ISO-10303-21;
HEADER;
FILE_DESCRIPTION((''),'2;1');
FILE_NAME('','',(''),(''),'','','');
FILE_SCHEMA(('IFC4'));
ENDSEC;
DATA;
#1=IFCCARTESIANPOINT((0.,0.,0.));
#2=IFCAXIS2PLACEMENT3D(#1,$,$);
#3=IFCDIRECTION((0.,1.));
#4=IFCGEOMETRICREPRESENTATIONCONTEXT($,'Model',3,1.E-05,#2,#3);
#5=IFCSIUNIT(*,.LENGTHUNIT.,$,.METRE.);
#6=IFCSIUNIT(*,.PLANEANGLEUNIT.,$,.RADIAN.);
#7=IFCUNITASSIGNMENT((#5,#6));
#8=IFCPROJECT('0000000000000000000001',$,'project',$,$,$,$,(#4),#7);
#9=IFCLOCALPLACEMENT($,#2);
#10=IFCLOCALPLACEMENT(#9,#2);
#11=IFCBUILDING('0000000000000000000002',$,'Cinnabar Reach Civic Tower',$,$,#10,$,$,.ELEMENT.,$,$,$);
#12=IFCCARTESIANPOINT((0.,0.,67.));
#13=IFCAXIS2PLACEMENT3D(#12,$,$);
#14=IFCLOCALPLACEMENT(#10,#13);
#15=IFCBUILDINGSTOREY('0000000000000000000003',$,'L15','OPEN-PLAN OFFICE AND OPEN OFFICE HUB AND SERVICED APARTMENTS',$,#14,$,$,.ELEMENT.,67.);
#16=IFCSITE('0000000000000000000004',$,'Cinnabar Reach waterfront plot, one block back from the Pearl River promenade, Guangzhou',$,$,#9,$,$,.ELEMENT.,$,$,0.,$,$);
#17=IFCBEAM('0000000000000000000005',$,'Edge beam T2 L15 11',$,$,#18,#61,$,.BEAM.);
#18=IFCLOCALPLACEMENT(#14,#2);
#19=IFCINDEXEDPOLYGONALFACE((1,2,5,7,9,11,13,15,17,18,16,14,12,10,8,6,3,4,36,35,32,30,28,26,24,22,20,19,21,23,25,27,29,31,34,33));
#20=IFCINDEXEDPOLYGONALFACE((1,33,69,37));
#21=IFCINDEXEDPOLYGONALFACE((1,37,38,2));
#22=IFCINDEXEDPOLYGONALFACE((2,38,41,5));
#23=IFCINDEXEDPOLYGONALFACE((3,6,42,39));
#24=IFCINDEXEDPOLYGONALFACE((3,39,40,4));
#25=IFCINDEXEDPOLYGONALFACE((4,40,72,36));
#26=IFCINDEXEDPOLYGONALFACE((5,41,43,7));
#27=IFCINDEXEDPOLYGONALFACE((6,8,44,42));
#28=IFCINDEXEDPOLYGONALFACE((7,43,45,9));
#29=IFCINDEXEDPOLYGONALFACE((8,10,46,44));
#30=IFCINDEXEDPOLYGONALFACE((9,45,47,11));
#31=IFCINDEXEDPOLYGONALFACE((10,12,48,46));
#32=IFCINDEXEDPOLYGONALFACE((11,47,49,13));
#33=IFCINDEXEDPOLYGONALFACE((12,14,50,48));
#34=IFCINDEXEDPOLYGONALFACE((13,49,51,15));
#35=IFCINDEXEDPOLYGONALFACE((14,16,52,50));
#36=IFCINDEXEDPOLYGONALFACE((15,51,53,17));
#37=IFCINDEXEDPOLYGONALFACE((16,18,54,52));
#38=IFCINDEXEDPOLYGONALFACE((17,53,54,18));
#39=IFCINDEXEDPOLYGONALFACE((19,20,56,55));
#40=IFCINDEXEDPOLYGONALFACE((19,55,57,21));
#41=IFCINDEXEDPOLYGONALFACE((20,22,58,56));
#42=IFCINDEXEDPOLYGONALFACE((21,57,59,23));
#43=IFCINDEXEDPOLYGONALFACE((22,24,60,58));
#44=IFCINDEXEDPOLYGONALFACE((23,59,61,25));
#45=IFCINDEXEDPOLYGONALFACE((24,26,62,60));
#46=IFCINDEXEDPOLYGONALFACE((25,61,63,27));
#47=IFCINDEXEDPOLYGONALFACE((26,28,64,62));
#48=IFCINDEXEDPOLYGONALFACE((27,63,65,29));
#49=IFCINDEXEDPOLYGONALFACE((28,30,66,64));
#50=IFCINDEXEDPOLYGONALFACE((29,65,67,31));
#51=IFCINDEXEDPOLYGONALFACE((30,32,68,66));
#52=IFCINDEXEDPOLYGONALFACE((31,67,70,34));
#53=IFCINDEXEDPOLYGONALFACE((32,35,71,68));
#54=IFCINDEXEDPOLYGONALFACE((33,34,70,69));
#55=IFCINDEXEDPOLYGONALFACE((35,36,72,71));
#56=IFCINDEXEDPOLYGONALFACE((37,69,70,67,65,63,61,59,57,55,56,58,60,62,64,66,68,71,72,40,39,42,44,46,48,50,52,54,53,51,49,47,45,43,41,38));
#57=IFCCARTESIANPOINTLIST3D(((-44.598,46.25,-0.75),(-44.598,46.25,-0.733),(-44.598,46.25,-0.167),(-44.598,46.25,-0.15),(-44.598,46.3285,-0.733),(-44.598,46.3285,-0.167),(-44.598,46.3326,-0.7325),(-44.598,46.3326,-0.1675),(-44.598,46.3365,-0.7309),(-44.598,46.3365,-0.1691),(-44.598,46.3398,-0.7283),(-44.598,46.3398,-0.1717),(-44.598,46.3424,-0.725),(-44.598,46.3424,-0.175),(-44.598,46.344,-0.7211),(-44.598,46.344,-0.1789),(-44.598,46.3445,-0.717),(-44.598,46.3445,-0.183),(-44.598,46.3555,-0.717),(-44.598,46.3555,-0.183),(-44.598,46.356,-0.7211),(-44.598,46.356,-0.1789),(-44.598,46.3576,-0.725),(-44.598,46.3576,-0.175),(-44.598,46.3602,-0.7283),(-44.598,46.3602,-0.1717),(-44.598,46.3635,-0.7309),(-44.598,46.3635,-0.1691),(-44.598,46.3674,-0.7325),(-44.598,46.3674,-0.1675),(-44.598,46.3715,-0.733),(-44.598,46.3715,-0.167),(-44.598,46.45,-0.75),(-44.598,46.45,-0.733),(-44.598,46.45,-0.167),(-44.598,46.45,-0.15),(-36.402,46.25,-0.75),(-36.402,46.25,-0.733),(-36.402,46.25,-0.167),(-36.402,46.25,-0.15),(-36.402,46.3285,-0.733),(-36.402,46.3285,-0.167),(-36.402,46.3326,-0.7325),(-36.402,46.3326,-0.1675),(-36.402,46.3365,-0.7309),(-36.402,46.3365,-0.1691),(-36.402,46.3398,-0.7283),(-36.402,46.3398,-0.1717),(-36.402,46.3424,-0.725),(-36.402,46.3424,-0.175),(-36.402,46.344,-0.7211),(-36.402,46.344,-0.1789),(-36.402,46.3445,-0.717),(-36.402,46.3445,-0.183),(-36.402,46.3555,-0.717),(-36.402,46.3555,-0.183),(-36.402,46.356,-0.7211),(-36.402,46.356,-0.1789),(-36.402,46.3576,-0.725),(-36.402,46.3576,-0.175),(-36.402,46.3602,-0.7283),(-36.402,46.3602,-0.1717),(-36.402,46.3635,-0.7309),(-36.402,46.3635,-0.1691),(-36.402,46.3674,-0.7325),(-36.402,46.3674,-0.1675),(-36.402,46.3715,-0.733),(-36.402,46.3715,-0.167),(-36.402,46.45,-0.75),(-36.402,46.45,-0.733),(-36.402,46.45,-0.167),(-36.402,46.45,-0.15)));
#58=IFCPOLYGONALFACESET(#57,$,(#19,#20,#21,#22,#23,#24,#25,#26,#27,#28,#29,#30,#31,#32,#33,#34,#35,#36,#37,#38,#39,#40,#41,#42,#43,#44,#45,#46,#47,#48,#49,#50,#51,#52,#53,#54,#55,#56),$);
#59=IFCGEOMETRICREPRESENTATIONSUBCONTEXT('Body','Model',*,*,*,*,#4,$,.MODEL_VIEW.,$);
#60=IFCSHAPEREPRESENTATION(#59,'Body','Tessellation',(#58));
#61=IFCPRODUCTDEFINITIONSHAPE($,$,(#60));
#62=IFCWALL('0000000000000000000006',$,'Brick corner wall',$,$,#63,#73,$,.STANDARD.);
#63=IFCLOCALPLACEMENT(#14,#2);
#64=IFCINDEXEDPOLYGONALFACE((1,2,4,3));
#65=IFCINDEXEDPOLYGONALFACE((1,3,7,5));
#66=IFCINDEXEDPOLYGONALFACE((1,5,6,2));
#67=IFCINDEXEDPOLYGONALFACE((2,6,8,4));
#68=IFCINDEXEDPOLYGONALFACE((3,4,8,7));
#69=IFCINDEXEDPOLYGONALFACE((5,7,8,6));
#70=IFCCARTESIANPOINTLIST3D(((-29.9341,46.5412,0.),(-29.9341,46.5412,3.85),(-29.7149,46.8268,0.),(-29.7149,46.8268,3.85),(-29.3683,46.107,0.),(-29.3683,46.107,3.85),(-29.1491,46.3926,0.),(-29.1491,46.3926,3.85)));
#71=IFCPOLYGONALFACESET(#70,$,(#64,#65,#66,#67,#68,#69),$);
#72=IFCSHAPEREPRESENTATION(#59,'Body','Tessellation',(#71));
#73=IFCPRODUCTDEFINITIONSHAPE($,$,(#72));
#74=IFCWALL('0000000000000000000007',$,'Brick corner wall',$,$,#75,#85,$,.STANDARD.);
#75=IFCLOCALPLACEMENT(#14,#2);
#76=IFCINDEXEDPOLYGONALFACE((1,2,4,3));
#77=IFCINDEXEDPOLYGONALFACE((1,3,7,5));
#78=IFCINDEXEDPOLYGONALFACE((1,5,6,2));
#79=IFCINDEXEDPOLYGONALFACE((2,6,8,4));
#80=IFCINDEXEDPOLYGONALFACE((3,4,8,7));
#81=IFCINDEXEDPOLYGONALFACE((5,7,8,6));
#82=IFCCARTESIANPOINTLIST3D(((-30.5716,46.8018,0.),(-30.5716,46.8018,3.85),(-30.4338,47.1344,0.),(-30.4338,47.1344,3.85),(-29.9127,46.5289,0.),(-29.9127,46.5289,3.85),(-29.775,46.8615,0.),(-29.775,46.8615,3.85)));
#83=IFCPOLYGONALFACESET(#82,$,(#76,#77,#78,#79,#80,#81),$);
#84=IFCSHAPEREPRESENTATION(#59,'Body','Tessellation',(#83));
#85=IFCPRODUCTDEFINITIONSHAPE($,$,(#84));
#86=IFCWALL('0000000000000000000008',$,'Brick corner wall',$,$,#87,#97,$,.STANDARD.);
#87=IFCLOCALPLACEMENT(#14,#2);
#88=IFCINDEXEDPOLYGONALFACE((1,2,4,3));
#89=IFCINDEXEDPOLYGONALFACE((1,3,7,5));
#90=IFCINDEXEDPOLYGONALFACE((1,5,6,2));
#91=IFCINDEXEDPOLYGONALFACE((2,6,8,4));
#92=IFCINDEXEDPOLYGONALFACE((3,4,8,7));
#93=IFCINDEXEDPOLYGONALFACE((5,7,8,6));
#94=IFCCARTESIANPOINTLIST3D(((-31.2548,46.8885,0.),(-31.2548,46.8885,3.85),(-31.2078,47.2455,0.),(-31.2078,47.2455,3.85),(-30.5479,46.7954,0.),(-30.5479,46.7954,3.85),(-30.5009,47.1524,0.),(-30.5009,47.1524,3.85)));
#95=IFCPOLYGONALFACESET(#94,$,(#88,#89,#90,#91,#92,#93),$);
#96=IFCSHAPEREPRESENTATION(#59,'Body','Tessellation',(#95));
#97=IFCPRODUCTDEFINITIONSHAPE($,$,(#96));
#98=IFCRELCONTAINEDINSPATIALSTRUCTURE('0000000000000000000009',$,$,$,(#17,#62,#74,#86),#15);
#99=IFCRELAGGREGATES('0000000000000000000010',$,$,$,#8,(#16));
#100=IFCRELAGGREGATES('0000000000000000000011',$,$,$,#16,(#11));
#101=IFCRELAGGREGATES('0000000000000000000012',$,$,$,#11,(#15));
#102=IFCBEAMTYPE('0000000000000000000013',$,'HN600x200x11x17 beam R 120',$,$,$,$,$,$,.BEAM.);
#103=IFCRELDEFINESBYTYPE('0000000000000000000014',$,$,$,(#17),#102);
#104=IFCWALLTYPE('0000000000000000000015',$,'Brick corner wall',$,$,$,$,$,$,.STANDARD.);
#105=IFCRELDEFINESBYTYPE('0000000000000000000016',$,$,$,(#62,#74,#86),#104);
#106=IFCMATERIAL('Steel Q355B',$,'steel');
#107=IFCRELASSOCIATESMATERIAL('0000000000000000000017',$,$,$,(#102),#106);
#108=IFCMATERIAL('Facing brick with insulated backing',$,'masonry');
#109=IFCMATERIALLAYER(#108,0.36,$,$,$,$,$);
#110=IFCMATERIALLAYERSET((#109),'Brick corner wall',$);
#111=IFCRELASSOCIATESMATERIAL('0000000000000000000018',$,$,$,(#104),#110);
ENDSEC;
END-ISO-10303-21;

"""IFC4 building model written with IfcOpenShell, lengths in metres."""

from ifc_helpers import new_model, si_unit, direction, frame, frame_2d, origin, origin_2d, place, context, subcontext, project, spatial, rectangle, i_section, extrude, material, layer, layer_set, material_profile, profile_set, type_object, element, save


model = new_model("IFC4")

# Units and contexts
model_context = context("Model", 3, precision=1e-05, world=origin(), true_north=direction((0.0, 1.0)))
body_context = subcontext(model_context, "Body", "Model", "MODEL_VIEW")
ifc_project = project(units=[si_unit("LENGTHUNIT", "METRE"), si_unit("PLANEANGLEUNIT", "RADIAN")], contexts=[model_context])

# Site, building, storey
site_placement = place(None, origin())
site = spatial("IfcSite", under=ifc_project, at=site_placement, Name="Cinnabar Reach waterfront plot, one block back from the Pearl River promenade, Guangzhou", CompositionType="ELEMENT", RefElevation=0.0)
building_placement = place(site_placement, origin())
building = spatial("IfcBuilding", under=site, at=building_placement, Name="Cinnabar Reach Civic Tower", CompositionType="ELEMENT")
storey_placement = place(building_placement, frame((0.0, 0.0, 67.0)))
storey = spatial("IfcBuildingStorey", under=building, at=storey_placement, Name="L15", Description="OPEN-PLAN OFFICE AND OPEN OFFICE HUB AND SERVICED APARTMENTS", CompositionType="ELEMENT", Elevation=67.0)

# Beam
ifc_material_1 = material(Name="Steel Q355B", Category="steel")
ifc_material_profile_1 = material_profile(ifc_material_1, i_section(OverallWidth=0.2, OverallDepth=0.6, WebThickness=0.011, FlangeThickness=0.017, FilletRadius=0.016, at=origin_2d()), Name="HN600x200x11x17")
ifc_profile_set_1 = profile_set([ifc_material_profile_1], Name="Steel Q355B")
beam_type_1 = type_object("IfcBeamType", Name="HN600x200x11x17 beam R 120", PredefinedType="BEAM", material=ifc_profile_set_1)
beam_1_placement = place(storey_placement, frame((-36.402, 46.35, -0.45), z_axis=(-1.0, 0.0, 0.0), x_axis=(0.0, -1.0, 0.0)))
element("IfcBeam", 1, at=beam_1_placement, inside=storey, type_object=beam_type_1, Name="Edge beam T2 L15 11", PredefinedType="BEAM", context=body_context, shape_type="SweptSolid", body=[
    extrude(i_section(OverallWidth=0.2, OverallDepth=0.6, WebThickness=0.011, FlangeThickness=0.017, FilletRadius=0.016, at=origin_2d()), origin(), (0.0, 0.0, 1.0), 8.196),
])

# Walls
ifc_material_2 = material(Name="Facing brick with insulated backing", Category="masonry")
ifc_layer_1 = layer(ifc_material_2, 0.36)
ifc_layer_set_1 = layer_set([ifc_layer_1], Name="Brick corner wall")
wall_type_1 = type_object("IfcWallType", Name="Brick corner wall", PredefinedType="STANDARD", material=ifc_layer_set_1)
wall_1_placement = place(storey_placement, frame((-29.2587, 46.2498, 0.0), z_axis=(0.0, 0.0, 1.0), x_axis=(-0.793322, 0.608802, 0.0)))
element("IfcWall", 2, at=wall_1_placement, inside=storey, type_object=wall_type_1, Name="Brick corner wall", PredefinedType="STANDARD", context=body_context, shape_type="SweptSolid", body=[
    extrude(rectangle(XDim=0.7132, YDim=0.36, at=frame_2d((0.3566, 0.0))), origin(), (0.0, 0.0, 1.0), 3.85),
])
for number, where, z_axis, x_axis, name in (
    (3, (-29.8439, 46.6952, 0.0), (0.0, 0.0, 1.0), (-0.923872, 0.382703, 0.0), "Brick corner wall"),
    (4, (-30.5244, 46.9739, 0.0), (0.0, 0.0, 1.0), (-0.991441, 0.130556, 0.0), "Brick corner wall"),
):
    element("IfcWall", number, at=place(storey_placement, frame(where, z_axis=z_axis, x_axis=x_axis)), inside=storey, type_object=wall_type_1, Name=name, PredefinedType="STANDARD", context=body_context, shape_type="SweptSolid", body=[
        extrude(rectangle(XDim=0.7131, YDim=0.36, at=frame_2d((0.3565, 0.0))), origin(), (0.0, 0.0, 1.0), 3.85),
    ])

save(model, "model.ifc")
